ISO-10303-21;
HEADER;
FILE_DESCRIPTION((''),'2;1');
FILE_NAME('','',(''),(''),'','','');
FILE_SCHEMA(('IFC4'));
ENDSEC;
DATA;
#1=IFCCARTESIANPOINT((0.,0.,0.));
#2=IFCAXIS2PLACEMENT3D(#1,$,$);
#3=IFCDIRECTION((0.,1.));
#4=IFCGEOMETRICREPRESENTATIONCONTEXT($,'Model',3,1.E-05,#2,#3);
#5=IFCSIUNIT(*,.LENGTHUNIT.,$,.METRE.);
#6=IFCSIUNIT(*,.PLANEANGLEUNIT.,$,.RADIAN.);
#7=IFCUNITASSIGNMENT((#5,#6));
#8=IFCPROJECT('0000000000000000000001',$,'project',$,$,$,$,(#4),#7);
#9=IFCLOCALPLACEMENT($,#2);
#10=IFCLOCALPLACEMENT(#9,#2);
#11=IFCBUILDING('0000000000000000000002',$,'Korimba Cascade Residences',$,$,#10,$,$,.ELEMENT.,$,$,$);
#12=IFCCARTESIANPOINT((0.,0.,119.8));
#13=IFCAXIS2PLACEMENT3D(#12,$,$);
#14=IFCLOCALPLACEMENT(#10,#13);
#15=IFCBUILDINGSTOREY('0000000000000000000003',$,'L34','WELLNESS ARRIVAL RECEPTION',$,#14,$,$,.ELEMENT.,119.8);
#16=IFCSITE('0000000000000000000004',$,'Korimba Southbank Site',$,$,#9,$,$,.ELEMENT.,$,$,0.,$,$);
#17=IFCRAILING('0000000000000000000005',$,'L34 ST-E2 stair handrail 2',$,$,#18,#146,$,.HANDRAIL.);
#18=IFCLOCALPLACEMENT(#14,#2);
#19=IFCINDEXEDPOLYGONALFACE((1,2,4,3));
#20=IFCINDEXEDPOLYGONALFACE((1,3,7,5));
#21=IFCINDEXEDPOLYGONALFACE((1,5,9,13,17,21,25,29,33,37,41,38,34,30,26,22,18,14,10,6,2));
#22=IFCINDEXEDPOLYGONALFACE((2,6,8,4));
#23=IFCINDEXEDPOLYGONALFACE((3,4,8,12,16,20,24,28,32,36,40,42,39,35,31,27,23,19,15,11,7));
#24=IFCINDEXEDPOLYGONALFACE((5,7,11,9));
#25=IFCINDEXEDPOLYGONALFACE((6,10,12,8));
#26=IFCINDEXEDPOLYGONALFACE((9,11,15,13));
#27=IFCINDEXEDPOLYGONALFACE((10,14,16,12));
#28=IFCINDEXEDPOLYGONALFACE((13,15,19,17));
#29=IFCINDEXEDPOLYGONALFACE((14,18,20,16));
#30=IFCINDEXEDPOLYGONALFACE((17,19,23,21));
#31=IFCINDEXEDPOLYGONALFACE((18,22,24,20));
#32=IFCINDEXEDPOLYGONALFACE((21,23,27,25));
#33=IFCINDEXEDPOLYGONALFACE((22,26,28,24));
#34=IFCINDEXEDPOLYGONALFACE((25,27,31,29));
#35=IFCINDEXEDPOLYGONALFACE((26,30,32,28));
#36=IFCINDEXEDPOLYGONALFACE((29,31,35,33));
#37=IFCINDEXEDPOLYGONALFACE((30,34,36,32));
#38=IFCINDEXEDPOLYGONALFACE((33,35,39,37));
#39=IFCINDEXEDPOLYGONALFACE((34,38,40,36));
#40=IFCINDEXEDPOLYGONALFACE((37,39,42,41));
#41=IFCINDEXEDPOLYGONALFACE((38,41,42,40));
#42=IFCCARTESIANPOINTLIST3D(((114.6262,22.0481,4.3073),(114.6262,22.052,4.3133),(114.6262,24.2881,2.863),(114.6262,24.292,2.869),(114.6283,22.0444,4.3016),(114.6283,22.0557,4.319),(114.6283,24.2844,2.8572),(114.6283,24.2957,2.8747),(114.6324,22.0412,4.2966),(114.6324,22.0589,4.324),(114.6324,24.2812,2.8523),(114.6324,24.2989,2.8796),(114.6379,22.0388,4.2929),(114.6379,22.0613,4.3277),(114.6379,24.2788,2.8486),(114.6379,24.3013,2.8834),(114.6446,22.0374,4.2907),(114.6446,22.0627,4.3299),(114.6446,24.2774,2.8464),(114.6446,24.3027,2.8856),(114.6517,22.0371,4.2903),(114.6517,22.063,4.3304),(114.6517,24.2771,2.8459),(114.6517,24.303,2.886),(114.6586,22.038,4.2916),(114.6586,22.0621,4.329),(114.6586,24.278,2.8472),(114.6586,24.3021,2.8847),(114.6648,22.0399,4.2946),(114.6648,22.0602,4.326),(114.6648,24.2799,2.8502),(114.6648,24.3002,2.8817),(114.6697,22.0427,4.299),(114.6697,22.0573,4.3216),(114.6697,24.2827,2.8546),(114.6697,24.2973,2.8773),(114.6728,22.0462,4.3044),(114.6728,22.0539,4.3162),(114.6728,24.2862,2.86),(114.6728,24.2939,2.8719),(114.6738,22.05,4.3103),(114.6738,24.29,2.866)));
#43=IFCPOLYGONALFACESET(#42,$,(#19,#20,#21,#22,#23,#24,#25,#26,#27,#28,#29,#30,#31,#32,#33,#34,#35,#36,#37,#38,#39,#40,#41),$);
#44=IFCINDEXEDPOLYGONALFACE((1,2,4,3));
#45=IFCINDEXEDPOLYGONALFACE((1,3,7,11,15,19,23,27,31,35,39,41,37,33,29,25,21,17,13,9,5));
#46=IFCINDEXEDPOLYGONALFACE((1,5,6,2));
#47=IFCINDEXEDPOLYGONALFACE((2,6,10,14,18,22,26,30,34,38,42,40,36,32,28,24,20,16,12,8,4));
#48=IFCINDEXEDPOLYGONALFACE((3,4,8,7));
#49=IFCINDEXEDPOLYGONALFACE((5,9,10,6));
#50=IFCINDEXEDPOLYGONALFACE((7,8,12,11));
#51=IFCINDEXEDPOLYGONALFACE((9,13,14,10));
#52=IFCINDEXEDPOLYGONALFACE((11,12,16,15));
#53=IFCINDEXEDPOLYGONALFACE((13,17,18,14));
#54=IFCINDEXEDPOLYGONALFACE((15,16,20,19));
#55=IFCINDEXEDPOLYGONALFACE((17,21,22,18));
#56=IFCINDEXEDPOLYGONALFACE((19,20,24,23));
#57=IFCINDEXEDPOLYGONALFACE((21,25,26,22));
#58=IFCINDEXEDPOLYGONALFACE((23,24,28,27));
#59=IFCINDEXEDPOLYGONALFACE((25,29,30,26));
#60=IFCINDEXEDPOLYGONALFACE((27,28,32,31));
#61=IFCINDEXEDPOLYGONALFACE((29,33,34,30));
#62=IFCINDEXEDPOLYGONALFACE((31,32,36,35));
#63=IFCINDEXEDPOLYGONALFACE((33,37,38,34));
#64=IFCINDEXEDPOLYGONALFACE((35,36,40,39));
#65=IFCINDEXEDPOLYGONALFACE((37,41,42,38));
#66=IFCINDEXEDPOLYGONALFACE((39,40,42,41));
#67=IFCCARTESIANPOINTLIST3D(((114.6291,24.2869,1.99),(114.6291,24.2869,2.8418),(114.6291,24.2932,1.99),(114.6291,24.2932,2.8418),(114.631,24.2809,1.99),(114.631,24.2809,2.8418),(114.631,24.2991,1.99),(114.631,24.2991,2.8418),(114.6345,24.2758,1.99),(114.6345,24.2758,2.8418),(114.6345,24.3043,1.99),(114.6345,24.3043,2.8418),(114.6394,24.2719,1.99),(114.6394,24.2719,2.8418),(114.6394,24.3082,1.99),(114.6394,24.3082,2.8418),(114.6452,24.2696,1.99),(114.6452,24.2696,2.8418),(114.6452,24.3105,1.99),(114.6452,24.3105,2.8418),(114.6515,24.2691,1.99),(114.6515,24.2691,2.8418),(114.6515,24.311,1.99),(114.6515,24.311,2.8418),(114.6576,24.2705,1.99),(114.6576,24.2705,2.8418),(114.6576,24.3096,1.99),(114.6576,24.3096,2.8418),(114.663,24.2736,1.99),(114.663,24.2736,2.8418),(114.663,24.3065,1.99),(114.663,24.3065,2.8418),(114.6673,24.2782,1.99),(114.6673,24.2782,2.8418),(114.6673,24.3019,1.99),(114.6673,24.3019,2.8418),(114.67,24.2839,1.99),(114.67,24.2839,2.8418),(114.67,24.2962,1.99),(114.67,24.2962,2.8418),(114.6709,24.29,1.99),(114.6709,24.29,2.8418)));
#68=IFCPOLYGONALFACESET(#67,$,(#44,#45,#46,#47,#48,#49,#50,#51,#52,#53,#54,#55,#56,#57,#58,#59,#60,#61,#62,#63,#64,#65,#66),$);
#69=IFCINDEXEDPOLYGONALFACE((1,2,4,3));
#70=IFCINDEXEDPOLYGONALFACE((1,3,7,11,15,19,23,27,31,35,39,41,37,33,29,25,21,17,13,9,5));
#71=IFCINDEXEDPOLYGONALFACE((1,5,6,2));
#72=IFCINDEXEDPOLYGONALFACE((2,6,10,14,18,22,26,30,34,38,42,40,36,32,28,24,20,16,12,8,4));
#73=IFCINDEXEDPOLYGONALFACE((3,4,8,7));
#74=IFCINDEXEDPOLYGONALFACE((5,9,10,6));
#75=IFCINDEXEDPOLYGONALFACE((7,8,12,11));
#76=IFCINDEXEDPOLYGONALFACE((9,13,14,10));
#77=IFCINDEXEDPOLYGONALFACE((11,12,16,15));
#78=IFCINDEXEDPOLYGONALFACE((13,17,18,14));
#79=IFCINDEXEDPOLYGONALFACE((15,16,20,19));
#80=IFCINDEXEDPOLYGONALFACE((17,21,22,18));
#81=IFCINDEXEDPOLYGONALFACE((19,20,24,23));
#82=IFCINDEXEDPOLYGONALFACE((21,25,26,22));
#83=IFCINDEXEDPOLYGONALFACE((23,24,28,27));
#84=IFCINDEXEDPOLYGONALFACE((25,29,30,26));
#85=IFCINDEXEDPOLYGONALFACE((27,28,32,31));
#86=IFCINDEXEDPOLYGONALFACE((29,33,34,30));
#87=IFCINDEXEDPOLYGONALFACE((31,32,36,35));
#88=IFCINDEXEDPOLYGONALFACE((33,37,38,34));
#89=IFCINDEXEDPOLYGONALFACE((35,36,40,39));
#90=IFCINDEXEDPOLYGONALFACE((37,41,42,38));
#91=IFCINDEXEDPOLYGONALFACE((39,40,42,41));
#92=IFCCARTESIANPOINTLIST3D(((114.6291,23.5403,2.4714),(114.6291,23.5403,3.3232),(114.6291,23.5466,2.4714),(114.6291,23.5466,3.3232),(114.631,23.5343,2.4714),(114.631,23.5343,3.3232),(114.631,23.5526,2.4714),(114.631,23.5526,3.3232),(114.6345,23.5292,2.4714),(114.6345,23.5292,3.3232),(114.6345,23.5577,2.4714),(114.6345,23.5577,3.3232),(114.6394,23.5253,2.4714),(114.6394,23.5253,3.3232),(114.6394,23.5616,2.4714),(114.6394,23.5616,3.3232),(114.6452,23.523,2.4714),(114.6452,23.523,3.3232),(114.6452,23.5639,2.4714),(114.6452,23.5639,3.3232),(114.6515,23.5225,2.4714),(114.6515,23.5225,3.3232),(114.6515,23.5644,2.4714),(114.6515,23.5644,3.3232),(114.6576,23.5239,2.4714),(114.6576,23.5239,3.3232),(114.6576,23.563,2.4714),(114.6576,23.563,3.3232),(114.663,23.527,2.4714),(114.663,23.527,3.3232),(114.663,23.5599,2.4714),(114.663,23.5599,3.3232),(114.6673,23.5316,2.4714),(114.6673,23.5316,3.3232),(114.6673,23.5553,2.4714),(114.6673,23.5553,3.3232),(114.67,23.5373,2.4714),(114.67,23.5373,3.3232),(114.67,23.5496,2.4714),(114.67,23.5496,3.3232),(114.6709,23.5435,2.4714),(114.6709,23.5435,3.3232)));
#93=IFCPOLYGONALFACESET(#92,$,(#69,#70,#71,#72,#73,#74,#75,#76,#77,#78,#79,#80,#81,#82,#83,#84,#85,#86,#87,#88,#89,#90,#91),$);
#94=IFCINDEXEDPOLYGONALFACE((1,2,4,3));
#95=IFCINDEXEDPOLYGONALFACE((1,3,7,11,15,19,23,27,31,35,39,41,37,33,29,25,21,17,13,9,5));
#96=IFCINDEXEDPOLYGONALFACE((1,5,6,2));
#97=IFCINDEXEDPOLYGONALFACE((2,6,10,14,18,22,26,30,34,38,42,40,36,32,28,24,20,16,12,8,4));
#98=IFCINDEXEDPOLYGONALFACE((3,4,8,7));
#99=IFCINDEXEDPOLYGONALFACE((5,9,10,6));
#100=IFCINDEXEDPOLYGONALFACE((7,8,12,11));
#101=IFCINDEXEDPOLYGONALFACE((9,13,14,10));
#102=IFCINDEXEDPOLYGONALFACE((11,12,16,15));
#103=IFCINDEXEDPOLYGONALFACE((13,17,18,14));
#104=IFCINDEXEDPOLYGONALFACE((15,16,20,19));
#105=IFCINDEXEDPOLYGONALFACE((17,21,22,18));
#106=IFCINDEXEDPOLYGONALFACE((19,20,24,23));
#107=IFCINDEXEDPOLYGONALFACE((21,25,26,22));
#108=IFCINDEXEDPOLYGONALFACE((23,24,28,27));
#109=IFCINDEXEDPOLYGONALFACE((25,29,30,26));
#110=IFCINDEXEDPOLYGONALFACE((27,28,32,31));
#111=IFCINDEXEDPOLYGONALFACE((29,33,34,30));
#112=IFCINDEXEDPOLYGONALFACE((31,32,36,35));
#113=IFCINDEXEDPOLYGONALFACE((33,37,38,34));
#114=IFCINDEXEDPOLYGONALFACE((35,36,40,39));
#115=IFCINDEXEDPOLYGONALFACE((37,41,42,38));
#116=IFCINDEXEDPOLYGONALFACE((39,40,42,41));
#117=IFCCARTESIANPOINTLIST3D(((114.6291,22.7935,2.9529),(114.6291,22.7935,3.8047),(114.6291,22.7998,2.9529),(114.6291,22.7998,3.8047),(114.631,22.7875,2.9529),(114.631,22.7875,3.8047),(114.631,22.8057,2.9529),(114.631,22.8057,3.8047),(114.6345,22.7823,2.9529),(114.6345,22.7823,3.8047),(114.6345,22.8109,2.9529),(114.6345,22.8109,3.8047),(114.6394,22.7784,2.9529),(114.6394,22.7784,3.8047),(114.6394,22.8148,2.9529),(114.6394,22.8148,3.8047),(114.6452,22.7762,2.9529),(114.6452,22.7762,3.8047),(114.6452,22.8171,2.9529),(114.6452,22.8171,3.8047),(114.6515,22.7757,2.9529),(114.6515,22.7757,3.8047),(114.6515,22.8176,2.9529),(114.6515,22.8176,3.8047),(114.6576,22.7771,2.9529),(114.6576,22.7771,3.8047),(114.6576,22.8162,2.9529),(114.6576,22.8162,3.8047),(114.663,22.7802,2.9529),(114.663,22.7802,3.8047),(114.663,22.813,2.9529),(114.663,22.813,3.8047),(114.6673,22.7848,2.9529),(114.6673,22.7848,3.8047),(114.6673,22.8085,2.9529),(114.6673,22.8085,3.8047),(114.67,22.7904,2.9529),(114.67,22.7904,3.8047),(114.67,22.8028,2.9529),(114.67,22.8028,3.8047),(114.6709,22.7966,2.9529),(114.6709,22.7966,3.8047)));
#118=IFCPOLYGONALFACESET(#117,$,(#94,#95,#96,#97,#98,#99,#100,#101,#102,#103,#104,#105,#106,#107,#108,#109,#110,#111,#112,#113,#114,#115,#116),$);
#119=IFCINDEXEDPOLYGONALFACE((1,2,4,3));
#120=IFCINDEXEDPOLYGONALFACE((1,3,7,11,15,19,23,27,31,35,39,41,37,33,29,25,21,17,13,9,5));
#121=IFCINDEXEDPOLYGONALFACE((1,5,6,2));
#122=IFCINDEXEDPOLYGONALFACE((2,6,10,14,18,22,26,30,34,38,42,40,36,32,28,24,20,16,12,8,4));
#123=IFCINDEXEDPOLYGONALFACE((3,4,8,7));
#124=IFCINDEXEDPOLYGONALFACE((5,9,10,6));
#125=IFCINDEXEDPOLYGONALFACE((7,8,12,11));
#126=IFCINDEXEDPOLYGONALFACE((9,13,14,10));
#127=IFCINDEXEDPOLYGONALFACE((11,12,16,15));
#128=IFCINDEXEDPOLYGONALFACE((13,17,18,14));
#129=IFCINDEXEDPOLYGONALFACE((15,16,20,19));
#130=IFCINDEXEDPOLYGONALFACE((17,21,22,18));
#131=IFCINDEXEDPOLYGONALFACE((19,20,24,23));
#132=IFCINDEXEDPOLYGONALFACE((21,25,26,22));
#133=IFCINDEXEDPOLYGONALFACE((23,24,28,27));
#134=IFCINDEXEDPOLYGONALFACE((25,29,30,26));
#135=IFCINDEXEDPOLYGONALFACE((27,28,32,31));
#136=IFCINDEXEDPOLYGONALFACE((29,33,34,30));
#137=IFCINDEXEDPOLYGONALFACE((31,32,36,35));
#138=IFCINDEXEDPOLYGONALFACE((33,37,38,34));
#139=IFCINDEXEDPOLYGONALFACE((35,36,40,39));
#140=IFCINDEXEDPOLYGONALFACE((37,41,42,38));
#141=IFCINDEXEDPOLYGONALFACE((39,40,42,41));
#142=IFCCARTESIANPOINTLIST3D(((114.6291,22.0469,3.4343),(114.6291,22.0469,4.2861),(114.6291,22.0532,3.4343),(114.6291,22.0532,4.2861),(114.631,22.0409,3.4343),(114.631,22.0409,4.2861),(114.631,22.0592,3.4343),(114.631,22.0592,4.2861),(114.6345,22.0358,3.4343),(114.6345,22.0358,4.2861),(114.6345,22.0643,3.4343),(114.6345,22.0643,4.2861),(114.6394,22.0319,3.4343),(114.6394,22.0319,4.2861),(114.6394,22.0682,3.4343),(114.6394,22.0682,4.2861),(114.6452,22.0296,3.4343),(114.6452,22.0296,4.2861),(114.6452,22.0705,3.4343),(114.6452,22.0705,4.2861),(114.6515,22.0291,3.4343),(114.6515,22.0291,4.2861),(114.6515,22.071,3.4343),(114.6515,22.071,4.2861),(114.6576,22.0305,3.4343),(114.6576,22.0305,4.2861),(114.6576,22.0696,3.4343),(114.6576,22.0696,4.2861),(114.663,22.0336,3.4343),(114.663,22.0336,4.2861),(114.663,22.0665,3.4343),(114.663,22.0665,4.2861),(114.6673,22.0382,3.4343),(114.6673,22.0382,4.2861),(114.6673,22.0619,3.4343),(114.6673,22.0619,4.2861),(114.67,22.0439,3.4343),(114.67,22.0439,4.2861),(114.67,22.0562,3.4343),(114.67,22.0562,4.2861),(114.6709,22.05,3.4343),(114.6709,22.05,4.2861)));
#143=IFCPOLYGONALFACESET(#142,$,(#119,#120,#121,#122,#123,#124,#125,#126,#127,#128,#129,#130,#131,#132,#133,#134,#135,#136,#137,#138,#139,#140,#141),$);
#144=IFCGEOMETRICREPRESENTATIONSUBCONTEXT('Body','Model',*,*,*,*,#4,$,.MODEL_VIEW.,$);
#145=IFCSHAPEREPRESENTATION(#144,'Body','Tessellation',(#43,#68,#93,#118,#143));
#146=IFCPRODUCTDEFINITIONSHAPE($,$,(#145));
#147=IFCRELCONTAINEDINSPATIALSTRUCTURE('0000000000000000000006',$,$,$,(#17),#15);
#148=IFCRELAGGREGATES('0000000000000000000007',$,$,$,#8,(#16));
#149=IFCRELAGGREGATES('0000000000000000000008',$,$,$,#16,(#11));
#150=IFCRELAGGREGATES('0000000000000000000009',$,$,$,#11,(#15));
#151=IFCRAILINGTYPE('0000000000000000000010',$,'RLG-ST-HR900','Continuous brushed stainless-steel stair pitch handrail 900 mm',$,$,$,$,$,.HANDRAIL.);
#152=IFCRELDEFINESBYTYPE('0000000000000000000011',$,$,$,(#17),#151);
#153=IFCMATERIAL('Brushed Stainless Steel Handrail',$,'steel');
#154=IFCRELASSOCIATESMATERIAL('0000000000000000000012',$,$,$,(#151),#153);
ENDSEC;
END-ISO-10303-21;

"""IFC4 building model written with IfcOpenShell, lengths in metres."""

from ifc_helpers import new_model, si_unit, direction, frame, origin, origin_2d, place, context, subcontext, project, spatial, circle, extrude, material, type_object, element, save


model = new_model("IFC4")

# Units and contexts
model_context = context("Model", 3, precision=1e-05, world=origin(), true_north=direction((0.0, 1.0)))
body_context = subcontext(model_context, "Body", "Model", "MODEL_VIEW")
ifc_project = project(units=[si_unit("LENGTHUNIT", "METRE"), si_unit("PLANEANGLEUNIT", "RADIAN")], contexts=[model_context])

# Site, building, storey
site_placement = place(None, origin())
site = spatial("IfcSite", under=ifc_project, at=site_placement, Name="Korimba Southbank Site", CompositionType="ELEMENT", RefElevation=0.0)
building_placement = place(site_placement, origin())
building = spatial("IfcBuilding", under=site, at=building_placement, Name="Korimba Cascade Residences", CompositionType="ELEMENT")
storey_placement = place(building_placement, frame((0.0, 0.0, 119.8)))
storey = spatial("IfcBuildingStorey", under=building, at=storey_placement, Name="L34", Description="WELLNESS ARRIVAL RECEPTION", CompositionType="ELEMENT", Elevation=119.8)

# Railing
ifc_material_1 = material(Name="Brushed Stainless Steel Handrail", Category="steel")
railing_type_1 = type_object("IfcRailingType", Name="RLG-ST-HR900", Description="Continuous brushed stainless-steel stair pitch handrail 900 mm", PredefinedType="HANDRAIL", material=ifc_material_1)
railing_1_placement = place(storey_placement, frame((114.6499, 24.29, 1.99)))
element("IfcRailing", 1, at=railing_1_placement, inside=storey, type_object=railing_type_1, Name="L34 ST-E2 stair handrail 2", PredefinedType="HANDRAIL", context=body_context, shape_type="SweptSolid", body=[
    extrude(circle(Radius=0.0239, at=origin_2d()), frame((0.0, 0.0, 0.876), z_axis=(0.0, -0.840437, 0.54191), x_axis=(1.0, 0.0, 0.0)), (0.0, 0.0, 1.0), 2.6653),
    extrude(circle(Radius=0.021, at=origin_2d()), origin(), (0.0, 0.0, 1.0), 0.8518),
    extrude(circle(Radius=0.021, at=origin_2d()), frame((0.0, -0.7466, 0.4814)), (0.0, 0.0, 1.0), 0.8518),
    extrude(circle(Radius=0.021, at=origin_2d()), frame((0.0, -1.4934, 0.9629)), (0.0, 0.0, 1.0), 0.8518),
    extrude(circle(Radius=0.021, at=origin_2d()), frame((0.0, -2.24, 1.4443)), (0.0, 0.0, 1.0), 0.8518),
])

save(model, "model.ifc")
